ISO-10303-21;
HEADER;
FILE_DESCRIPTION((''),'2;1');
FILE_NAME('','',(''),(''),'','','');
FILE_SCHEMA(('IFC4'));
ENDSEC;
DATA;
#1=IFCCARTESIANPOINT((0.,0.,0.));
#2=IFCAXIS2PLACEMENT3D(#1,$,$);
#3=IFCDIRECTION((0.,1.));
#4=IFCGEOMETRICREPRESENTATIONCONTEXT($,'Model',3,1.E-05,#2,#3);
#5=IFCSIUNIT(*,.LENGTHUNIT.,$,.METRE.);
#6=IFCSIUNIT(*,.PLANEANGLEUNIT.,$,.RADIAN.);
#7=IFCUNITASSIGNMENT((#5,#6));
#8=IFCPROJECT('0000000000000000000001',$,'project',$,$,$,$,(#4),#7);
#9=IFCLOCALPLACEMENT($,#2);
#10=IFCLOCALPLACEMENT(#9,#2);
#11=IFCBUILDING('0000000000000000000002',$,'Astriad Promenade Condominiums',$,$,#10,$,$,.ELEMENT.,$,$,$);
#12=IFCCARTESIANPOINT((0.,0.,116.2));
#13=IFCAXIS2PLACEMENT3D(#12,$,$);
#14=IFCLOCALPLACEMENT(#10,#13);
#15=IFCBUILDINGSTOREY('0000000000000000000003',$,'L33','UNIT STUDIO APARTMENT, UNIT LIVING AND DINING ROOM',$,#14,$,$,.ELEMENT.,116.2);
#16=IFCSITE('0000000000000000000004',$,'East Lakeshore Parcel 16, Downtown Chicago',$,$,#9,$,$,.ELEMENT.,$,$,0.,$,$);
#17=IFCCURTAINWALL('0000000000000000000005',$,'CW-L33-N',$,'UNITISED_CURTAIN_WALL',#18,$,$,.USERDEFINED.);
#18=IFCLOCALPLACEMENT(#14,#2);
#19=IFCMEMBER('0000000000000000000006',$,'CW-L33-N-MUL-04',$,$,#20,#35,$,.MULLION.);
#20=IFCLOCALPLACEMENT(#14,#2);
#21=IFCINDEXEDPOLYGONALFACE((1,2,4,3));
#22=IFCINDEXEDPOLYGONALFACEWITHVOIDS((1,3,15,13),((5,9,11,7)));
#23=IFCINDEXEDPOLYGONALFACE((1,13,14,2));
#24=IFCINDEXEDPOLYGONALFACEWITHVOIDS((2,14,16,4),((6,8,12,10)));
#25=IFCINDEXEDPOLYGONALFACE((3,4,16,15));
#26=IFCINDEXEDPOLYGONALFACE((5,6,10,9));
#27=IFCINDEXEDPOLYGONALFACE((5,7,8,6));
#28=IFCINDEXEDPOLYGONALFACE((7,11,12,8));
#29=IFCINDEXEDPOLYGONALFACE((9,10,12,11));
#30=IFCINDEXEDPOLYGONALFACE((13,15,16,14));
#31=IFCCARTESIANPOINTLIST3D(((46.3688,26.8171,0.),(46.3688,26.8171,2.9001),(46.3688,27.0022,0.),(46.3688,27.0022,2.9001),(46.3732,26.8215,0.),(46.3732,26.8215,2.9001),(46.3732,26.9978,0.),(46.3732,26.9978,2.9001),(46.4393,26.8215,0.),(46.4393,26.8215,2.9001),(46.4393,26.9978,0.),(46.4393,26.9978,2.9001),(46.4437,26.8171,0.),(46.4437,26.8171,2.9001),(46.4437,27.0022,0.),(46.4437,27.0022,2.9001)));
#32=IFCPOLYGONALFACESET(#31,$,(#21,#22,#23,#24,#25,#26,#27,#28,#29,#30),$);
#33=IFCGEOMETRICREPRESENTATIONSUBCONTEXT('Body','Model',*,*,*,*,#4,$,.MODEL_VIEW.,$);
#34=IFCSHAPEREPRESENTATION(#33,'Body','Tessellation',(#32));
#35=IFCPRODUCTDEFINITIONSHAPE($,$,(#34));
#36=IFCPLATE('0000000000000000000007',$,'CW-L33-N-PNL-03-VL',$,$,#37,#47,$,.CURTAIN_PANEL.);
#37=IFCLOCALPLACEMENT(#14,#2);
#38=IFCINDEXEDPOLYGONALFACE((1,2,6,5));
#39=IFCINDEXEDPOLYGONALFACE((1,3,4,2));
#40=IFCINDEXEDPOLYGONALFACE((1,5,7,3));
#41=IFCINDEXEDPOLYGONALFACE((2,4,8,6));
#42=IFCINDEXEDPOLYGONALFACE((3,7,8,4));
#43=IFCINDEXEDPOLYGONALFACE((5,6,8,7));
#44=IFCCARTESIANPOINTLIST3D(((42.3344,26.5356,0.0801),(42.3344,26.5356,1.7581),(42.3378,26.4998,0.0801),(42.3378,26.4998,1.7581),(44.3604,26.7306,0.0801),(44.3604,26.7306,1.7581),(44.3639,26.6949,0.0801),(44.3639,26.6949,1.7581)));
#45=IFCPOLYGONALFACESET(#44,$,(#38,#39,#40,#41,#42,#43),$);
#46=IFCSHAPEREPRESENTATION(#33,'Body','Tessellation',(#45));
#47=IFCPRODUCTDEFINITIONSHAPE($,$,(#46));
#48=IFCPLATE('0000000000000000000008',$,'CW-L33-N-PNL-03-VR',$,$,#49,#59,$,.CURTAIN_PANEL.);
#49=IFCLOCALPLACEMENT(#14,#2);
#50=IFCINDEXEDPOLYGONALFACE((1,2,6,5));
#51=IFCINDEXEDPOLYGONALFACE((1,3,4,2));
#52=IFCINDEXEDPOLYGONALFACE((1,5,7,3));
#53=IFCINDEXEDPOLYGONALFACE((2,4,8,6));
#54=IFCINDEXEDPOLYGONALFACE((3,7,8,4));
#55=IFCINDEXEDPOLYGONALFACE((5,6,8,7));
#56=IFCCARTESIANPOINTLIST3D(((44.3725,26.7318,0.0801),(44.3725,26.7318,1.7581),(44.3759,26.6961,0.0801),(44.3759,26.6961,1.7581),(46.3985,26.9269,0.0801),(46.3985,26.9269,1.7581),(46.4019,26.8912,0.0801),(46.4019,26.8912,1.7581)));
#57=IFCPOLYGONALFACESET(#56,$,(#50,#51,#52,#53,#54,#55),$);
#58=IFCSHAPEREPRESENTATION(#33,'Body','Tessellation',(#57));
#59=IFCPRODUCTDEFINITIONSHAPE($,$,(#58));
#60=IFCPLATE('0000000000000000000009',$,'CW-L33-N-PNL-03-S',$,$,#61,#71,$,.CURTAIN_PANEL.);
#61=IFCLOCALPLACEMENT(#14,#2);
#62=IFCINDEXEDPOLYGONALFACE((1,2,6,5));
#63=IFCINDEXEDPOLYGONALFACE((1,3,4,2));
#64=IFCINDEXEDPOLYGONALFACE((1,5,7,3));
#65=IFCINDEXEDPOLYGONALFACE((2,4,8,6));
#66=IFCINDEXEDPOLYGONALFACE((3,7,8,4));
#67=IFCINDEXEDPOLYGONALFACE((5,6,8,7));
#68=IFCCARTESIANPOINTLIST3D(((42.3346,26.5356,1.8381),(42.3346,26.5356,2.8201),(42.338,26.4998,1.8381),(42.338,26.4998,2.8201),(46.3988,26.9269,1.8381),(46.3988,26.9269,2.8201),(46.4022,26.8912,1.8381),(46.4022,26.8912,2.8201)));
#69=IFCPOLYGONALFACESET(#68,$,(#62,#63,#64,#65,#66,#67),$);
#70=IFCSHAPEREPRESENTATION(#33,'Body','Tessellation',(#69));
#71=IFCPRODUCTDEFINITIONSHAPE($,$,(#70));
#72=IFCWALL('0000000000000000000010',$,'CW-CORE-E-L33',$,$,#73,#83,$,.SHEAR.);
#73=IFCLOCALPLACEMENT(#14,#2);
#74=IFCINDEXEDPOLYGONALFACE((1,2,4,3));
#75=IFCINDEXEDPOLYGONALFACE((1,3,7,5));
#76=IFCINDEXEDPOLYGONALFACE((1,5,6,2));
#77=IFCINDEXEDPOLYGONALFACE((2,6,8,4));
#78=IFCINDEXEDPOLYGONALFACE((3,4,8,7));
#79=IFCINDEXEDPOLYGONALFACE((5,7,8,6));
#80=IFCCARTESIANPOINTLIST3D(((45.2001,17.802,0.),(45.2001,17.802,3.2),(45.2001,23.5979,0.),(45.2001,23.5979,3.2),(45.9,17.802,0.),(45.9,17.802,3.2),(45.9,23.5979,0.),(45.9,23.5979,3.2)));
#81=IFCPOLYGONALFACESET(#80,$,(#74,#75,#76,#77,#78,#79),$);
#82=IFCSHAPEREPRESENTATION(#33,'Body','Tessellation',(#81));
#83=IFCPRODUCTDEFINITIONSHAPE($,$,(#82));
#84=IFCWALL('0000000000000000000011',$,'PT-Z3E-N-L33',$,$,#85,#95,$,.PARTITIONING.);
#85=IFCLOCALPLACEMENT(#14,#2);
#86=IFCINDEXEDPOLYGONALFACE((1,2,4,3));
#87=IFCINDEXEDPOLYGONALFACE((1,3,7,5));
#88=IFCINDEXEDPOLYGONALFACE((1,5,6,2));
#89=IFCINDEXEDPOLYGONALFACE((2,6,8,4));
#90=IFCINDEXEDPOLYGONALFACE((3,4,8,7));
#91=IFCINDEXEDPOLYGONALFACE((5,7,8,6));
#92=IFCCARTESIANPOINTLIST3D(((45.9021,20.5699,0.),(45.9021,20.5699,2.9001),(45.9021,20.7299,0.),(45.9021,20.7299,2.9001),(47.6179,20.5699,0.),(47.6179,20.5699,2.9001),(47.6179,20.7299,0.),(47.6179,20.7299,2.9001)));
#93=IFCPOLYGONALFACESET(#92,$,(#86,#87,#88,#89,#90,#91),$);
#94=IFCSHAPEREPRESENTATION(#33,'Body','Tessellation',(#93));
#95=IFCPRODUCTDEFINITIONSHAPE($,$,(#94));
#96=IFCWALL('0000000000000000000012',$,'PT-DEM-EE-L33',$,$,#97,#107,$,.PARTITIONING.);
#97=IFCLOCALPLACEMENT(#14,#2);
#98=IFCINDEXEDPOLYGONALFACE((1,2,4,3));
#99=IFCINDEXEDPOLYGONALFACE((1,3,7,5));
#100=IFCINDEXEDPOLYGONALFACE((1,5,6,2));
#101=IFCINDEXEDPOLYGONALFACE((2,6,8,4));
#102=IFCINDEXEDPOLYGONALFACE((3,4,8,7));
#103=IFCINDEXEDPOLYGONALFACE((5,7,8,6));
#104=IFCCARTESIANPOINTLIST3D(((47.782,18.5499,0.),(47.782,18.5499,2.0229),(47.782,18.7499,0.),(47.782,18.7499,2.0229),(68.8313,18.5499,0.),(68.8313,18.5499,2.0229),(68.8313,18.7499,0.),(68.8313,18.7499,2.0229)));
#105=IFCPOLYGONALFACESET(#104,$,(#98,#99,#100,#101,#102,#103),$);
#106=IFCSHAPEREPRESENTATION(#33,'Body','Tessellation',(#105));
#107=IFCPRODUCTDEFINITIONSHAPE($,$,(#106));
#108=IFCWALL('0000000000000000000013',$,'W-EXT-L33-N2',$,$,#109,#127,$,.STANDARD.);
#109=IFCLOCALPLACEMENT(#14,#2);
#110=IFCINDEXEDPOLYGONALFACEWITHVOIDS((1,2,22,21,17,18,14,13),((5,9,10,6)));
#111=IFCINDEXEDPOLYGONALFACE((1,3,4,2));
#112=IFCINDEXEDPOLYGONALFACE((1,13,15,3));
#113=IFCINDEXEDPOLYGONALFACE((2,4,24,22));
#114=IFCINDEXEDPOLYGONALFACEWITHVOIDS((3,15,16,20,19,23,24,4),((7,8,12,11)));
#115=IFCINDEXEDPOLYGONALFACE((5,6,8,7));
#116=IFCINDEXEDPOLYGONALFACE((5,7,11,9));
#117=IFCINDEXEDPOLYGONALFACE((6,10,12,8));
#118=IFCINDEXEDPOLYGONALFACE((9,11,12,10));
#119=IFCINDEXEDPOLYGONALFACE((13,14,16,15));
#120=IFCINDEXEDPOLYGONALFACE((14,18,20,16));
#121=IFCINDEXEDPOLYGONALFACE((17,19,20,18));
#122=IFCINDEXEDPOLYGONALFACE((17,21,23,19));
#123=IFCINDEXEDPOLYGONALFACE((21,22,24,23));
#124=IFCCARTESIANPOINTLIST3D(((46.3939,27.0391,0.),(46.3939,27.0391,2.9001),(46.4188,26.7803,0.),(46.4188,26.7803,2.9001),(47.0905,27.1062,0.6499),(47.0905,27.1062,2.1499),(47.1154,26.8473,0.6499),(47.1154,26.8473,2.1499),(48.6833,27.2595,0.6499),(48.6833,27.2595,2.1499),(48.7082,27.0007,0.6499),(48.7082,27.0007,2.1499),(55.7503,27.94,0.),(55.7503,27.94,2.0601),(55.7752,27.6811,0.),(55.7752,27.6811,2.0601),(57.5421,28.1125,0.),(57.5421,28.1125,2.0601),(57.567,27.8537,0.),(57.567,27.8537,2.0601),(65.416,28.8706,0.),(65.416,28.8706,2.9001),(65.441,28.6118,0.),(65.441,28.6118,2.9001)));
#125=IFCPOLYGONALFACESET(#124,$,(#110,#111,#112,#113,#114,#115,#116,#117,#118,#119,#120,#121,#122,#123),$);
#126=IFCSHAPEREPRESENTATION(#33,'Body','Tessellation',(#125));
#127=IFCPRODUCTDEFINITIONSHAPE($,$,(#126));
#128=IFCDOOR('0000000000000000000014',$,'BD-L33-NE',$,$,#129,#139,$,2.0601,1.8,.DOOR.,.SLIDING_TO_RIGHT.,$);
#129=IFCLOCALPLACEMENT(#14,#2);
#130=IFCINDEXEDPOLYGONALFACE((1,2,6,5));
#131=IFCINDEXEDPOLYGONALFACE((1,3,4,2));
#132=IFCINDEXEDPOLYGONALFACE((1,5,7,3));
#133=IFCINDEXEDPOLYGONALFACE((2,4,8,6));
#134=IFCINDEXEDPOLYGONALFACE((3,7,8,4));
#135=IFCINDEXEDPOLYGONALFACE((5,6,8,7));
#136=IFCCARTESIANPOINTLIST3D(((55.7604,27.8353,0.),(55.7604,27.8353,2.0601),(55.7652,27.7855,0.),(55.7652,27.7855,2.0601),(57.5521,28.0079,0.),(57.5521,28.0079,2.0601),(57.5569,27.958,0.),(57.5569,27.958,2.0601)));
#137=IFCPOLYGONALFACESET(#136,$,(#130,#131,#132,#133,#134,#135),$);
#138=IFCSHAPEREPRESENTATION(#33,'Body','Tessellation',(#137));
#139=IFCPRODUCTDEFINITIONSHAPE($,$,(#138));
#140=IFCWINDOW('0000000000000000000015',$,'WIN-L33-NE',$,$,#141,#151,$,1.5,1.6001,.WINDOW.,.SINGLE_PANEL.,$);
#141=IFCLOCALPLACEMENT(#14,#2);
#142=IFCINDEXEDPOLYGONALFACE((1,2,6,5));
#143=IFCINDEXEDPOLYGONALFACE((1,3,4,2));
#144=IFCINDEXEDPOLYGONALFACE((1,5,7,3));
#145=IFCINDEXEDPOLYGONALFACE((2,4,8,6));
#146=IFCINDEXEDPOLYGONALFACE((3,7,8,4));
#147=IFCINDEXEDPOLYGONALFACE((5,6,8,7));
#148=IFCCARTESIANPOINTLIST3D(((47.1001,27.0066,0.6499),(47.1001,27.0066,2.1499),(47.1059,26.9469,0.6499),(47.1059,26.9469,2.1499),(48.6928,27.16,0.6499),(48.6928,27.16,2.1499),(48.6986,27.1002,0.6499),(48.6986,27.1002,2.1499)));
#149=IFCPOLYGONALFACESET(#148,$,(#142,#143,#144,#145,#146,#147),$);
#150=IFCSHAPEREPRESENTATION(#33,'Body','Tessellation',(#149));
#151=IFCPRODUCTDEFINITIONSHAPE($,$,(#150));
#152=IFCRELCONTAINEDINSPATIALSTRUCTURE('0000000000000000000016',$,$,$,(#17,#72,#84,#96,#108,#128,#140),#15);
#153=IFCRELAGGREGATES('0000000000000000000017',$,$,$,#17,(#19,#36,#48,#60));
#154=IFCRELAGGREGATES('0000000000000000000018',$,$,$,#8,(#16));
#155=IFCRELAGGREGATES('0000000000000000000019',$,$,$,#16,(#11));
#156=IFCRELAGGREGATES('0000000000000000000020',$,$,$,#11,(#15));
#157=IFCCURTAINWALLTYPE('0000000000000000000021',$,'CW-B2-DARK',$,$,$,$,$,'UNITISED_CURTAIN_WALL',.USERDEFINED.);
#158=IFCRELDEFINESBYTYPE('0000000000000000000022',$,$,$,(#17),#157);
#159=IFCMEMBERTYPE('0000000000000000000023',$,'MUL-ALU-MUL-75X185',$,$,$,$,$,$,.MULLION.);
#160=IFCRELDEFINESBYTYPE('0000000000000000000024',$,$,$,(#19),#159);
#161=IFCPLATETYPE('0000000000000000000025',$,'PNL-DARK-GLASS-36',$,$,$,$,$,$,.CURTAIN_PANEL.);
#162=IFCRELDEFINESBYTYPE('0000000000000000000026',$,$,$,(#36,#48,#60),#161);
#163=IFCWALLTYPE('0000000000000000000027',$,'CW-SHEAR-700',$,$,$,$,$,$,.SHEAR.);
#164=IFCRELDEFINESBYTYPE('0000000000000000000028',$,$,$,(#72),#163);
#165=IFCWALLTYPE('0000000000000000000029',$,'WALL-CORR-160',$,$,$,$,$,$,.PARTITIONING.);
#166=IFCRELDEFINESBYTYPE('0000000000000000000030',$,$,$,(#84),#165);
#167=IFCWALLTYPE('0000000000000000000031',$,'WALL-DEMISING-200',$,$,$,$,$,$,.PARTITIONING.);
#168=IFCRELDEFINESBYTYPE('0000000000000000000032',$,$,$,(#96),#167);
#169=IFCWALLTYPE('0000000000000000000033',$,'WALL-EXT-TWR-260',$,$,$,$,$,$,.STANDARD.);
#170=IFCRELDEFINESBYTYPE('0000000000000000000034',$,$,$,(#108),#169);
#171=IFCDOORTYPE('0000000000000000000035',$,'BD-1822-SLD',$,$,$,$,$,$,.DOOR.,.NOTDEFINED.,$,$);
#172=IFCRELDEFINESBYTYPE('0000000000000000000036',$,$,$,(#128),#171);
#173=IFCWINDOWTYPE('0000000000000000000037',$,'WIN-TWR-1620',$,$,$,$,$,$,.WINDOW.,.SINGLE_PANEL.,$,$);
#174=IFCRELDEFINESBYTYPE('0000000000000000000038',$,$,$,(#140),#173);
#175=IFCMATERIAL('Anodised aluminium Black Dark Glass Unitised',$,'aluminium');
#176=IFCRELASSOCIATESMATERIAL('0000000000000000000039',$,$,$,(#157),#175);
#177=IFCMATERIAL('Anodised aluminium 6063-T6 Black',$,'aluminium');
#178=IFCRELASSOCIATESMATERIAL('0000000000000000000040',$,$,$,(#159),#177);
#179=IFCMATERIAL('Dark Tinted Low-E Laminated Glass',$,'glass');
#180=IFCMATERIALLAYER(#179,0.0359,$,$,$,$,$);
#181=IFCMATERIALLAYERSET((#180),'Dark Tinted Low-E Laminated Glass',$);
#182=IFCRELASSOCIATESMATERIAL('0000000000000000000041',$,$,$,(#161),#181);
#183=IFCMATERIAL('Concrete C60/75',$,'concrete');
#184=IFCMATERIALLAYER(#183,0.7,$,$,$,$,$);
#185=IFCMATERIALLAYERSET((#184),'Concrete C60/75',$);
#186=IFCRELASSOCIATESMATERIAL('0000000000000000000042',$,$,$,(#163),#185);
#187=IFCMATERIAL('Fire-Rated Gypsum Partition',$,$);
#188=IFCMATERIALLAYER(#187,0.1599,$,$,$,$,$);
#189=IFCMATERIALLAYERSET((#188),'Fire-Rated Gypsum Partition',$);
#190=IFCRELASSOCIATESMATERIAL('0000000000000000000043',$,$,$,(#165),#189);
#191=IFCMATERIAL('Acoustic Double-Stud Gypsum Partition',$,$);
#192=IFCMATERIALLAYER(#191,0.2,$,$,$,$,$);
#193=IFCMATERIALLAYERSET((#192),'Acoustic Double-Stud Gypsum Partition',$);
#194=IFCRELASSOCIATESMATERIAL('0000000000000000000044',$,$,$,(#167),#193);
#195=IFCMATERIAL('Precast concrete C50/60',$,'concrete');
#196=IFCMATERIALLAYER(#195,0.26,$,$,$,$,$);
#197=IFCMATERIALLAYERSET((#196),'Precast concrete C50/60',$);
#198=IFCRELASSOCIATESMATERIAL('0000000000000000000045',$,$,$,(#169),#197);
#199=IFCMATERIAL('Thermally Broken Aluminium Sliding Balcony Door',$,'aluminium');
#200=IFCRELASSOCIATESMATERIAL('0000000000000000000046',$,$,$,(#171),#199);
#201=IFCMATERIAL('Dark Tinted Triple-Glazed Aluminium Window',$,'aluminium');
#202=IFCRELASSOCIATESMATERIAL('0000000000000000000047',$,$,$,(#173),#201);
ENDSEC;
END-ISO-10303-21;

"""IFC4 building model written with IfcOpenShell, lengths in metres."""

from ifc_helpers import new_model, si_unit, direction, frame, frame_2d, origin, origin_2d, place, context, subcontext, project, spatial, rectangle, hollow_rectangle, extrude, source, transform, mapped, material, layer, layer_set, material_profile, profile_set, type_object, type_shapes, element, fill, aggregate, save


model = new_model("IFC4")

# Units and contexts
model_context = context("Model", 3, precision=1e-05, world=origin(), true_north=direction((0.0, 1.0)))
body_context = subcontext(model_context, "Body", "Model", "MODEL_VIEW")
ifc_project = project(units=[si_unit("LENGTHUNIT", "METRE"), si_unit("PLANEANGLEUNIT", "RADIAN")], contexts=[model_context])

# Site, building, storey
site_placement = place(None, origin())
site = spatial("IfcSite", under=ifc_project, at=site_placement, Name="East Lakeshore Parcel 16, Downtown Chicago", CompositionType="ELEMENT", RefElevation=0.0)
building_placement = place(site_placement, origin())
building = spatial("IfcBuilding", under=site, at=building_placement, Name="Astriad Promenade Condominiums", CompositionType="ELEMENT")
storey_placement = place(building_placement, frame((0.0, 0.0, 116.2)))
storey = spatial("IfcBuildingStorey", under=building, at=storey_placement, Name="L33", Description="UNIT STUDIO APARTMENT, UNIT LIVING AND DINING ROOM", CompositionType="ELEMENT", Elevation=116.2)

# Curtain wall, member, plates
ifc_material_1 = material(Name="Anodised aluminium Black Dark Glass Unitised", Category="aluminium")
curtain_wall_type = type_object("IfcCurtainWallType", Name="CW-B2-DARK", ElementType="UNITISED_CURTAIN_WALL", PredefinedType="USERDEFINED", material=ifc_material_1)
curtain_wall_placement = place(storey_placement, origin())
curtain_wall = element("IfcCurtainWall", 1, at=curtain_wall_placement, inside=storey, type_object=curtain_wall_type, Name="CW-L33-N", ObjectType="UNITISED_CURTAIN_WALL", PredefinedType="USERDEFINED")
ifc_material_2 = material(Name="Anodised aluminium 6063-T6 Black", Category="aluminium")
ifc_material_profile_1 = material_profile(ifc_material_2, hollow_rectangle(XDim=0.075, YDim=0.1851, WallThickness=0.0044, at=origin_2d()), Name="ALU-MUL-75X185")
ifc_profile_set_1 = profile_set([ifc_material_profile_1], Name="Anodised aluminium 6063-T6 Black")
member_type_1 = type_object("IfcMemberType", Name="MUL-ALU-MUL-75X185", PredefinedType="MULLION", material=ifc_profile_set_1)
shared_shape_1 = source(origin(), body_context, "Body", "SweptSolid", [
    extrude(hollow_rectangle(XDim=0.075, YDim=0.1851, WallThickness=0.0044, at=origin_2d()), origin(), (0.0, 0.0, 1.0), 2.9001),
])
type_shapes(member_type_1, [shared_shape_1])
member_1_placement = place(storey_placement, frame((46.4062, 26.9097, 0.0), z_axis=(0.0, 0.0, 1.0), x_axis=(1.0, 0.0, 0.0)))
member_1 = element("IfcMember", 2, at=member_1_placement, type_object=member_type_1, Name="CW-L33-N-MUL-04", PredefinedType="MULLION", context=body_context, shape_type="MappedRepresentation", body=[
    mapped(shared_shape_1, transform((0.0, 0.0, 0.0), scale=1.0)),
])
ifc_material_3 = material(Name="Dark Tinted Low-E Laminated Glass", Category="glass")
ifc_layer_1 = layer(ifc_material_3, 0.0359)
ifc_layer_set_1 = layer_set([ifc_layer_1], Name="Dark Tinted Low-E Laminated Glass")
plate_type = type_object("IfcPlateType", Name="PNL-DARK-GLASS-36", PredefinedType="CURTAIN_PANEL", material=ifc_layer_set_1)
shared_shape_2 = source(origin(), body_context, "Body", "SweptSolid", [
    extrude(rectangle(XDim=2.0354, YDim=0.0359, at=origin_2d()), origin(), (0.0, 0.0, 1.0), 1.678),
])
plate_1_placement = place(storey_placement, frame((43.3491, 26.6152, 0.0801), z_axis=(0.0, 0.0, 1.0), x_axis=(0.995396, 0.095846, 0.0)))
plate_1 = element("IfcPlate", 3, at=plate_1_placement, type_object=plate_type, Name="CW-L33-N-PNL-03-VL", PredefinedType="CURTAIN_PANEL", context=body_context, shape_type="MappedRepresentation", body=[
    mapped(shared_shape_2, transform((0.0, 0.0, 0.0), scale=1.0)),
])
plate_2_placement = place(storey_placement, frame((45.3872, 26.8115, 0.0801), z_axis=(0.0, 0.0, 1.0), x_axis=(0.995396, 0.095846, 0.0)))
plate_2 = element("IfcPlate", 4, at=plate_2_placement, type_object=plate_type, Name="CW-L33-N-PNL-03-VR", PredefinedType="CURTAIN_PANEL", context=body_context, shape_type="MappedRepresentation", body=[
    mapped(shared_shape_2, transform((0.0, 0.0, 0.0), scale=1.0)),
])
shared_shape_3 = source(origin(), body_context, "Body", "SweptSolid", [
    extrude(rectangle(XDim=4.083, YDim=0.0359, at=origin_2d()), origin(), (0.0, 0.0, 1.0), 0.9819),
])
type_shapes(plate_type, [shared_shape_2, shared_shape_3])
plate_3_placement = place(storey_placement, frame((44.3684, 26.7134, 1.8381), z_axis=(0.0, 0.0, 1.0), x_axis=(0.995396, 0.095846, 0.0)))
plate_3 = element("IfcPlate", 5, at=plate_3_placement, type_object=plate_type, Name="CW-L33-N-PNL-03-S", PredefinedType="CURTAIN_PANEL", context=body_context, shape_type="MappedRepresentation", body=[
    mapped(shared_shape_3, transform((0.0, 0.0, 0.0), scale=1.0)),
])
aggregate(curtain_wall, [member_1, plate_1, plate_2, plate_3])

# Walls
ifc_material_4 = material(Name="Concrete C60/75", Category="concrete")
ifc_layer_2 = layer(ifc_material_4, 0.7)
ifc_layer_set_2 = layer_set([ifc_layer_2], Name="Concrete C60/75")
wall_type_1 = type_object("IfcWallType", Name="CW-SHEAR-700", PredefinedType="SHEAR", material=ifc_layer_set_2)
wall_1_placement = place(storey_placement, frame((45.55, 17.802, 0.0), z_axis=(0.0, 0.0, 1.0), x_axis=(0.0, 1.0, 0.0)))
element("IfcWall", 6, at=wall_1_placement, inside=storey, type_object=wall_type_1, Name="CW-CORE-E-L33", PredefinedType="SHEAR", context=body_context, shape_type="SweptSolid", body=[
    extrude(rectangle(XDim=5.7959, YDim=0.7, at=frame_2d((2.8979, 0.0))), origin(), (0.0, 0.0, 1.0), 3.2),
])
ifc_material_5 = material(Name="Fire-Rated Gypsum Partition")
ifc_layer_3 = layer(ifc_material_5, 0.1599)
ifc_layer_set_3 = layer_set([ifc_layer_3], Name="Fire-Rated Gypsum Partition")
wall_type_2 = type_object("IfcWallType", Name="WALL-CORR-160", PredefinedType="PARTITIONING", material=ifc_layer_set_3)
wall_2_placement = place(storey_placement, frame((45.9021, 20.6499, 0.0), z_axis=(0.0, 0.0, 1.0), x_axis=(1.0, 0.0, 0.0)))
element("IfcWall", 7, at=wall_2_placement, inside=storey, type_object=wall_type_2, Name="PT-Z3E-N-L33", PredefinedType="PARTITIONING", context=body_context, shape_type="SweptSolid", body=[
    extrude(rectangle(XDim=1.7158, YDim=0.1599, at=frame_2d((0.8579, 0.0))), origin(), (0.0, 0.0, 1.0), 2.9001),
])
ifc_material_6 = material(Name="Acoustic Double-Stud Gypsum Partition")
ifc_layer_4 = layer(ifc_material_6, 0.2)
ifc_layer_set_4 = layer_set([ifc_layer_4], Name="Acoustic Double-Stud Gypsum Partition")
wall_type_3 = type_object("IfcWallType", Name="WALL-DEMISING-200", PredefinedType="PARTITIONING", material=ifc_layer_set_4)
wall_3_placement = place(storey_placement, frame((47.782, 18.6499, 0.0), z_axis=(0.0, 0.0, 1.0), x_axis=(1.0, 0.0, 0.0)))
element("IfcWall", 8, at=wall_3_placement, inside=storey, type_object=wall_type_3, Name="PT-DEM-EE-L33", PredefinedType="PARTITIONING", context=body_context, shape_type="SweptSolid", body=[
    extrude(rectangle(XDim=21.0493, YDim=0.2, at=frame_2d((10.5247, 0.0))), origin(), (0.0, 0.0, 1.0), 2.0229),
])

# Wall, openings, door, window
ifc_material_7 = material(Name="Precast concrete C50/60", Category="concrete")
ifc_layer_5 = layer(ifc_material_7, 0.26)
ifc_layer_set_5 = layer_set([ifc_layer_5], Name="Precast concrete C50/60")
wall_type_4 = type_object("IfcWallType", Name="WALL-EXT-TWR-260", PredefinedType="STANDARD", material=ifc_layer_set_5)
wall_4_placement = place(storey_placement, frame((46.4062, 26.9097, 0.0), z_axis=(0.0, 0.0, 1.0), x_axis=(0.995397, 0.095841, 0.0)))
wall_4 = element("IfcWall", 9, at=wall_4_placement, inside=storey, type_object=wall_type_4, Name="W-EXT-L33-N2", PredefinedType="STANDARD", context=body_context, shape_type="SweptSolid", body=[
    extrude(rectangle(XDim=19.1101, YDim=0.26, at=frame_2d((9.5552, 0.0))), origin(), (0.0, 0.0, 1.0), 2.9001),
])
opening_1_placement = place(wall_4_placement, frame((9.3999, 0.0, 0.0)))
opening_1 = element("IfcOpeningElement", 10, at=opening_1_placement, cuts=wall_4, PredefinedType="OPENING", context=body_context, shape_type="SweptSolid", body=[
    extrude(rectangle(XDim=1.8, YDim=2.0601, at=frame_2d((0.8999, 1.03))), frame((0.0, 0.1399, 0.0), z_axis=(0.0, -1.0, 0.0), x_axis=(1.0, 0.0, 0.0)), (0.0, 0.0, 1.0), 0.28),
])
opening_2_placement = place(wall_4_placement, frame((0.7, 0.0, 0.6499)))
opening_2 = element("IfcOpeningElement", 11, at=opening_2_placement, cuts=wall_4, PredefinedType="OPENING", context=body_context, shape_type="SweptSolid", body=[
    extrude(rectangle(XDim=1.6001, YDim=1.5, at=frame_2d((0.8, 0.75))), frame((0.0, 0.1399, 0.0), z_axis=(0.0, -1.0, 0.0), x_axis=(1.0, 0.0, 0.0)), (0.0, 0.0, 1.0), 0.28),
])
ifc_material_8 = material(Name="Thermally Broken Aluminium Sliding Balcony Door", Category="aluminium")
door_type = type_object("IfcDoorType", Name="BD-1822-SLD", OperationType="NOTDEFINED", PredefinedType="DOOR", material=ifc_material_8)
shared_shape_4 = source(origin(), body_context, "Body", "SweptSolid", [
    extrude(rectangle(XDim=1.8, YDim=2.0601, at=frame_2d((0.8999, 1.03))), frame((0.0, 0.0249, 0.0), z_axis=(0.0, -1.0, 0.0), x_axis=(1.0, 0.0, 0.0)), (0.0, 0.0, 1.0), 0.05),
])
type_shapes(door_type, [shared_shape_4])
door_placement = place(opening_1_placement, origin())
door = element("IfcDoor", 12, at=door_placement, inside=storey, type_object=door_type, Name="BD-L33-NE", OperationType="SLIDING_TO_RIGHT", OverallHeight=2.0601, OverallWidth=1.8, PredefinedType="DOOR", context=body_context, shape_type="MappedRepresentation", body=[
    mapped(shared_shape_4, transform((0.0, 0.0, 0.0), scale=1.0)),
])
fill(opening_1, door)
ifc_material_9 = material(Name="Dark Tinted Triple-Glazed Aluminium Window", Category="aluminium")
window_type = type_object("IfcWindowType", Name="WIN-TWR-1620", PartitioningType="SINGLE_PANEL", PredefinedType="WINDOW", material=ifc_material_9)
shared_shape_5 = source(origin(), body_context, "Body", "SweptSolid", [
    extrude(rectangle(XDim=1.6001, YDim=1.5, at=frame_2d((0.8, 0.75))), frame((0.0, 0.03, 0.0), z_axis=(0.0, -1.0, 0.0), x_axis=(1.0, 0.0, 0.0)), (0.0, 0.0, 1.0), 0.0601),
])
type_shapes(window_type, [shared_shape_5])
window_placement = place(opening_2_placement, origin())
window = element("IfcWindow", 13, at=window_placement, inside=storey, type_object=window_type, Name="WIN-L33-NE", OverallHeight=1.5, OverallWidth=1.6001, PartitioningType="SINGLE_PANEL", PredefinedType="WINDOW", context=body_context, shape_type="MappedRepresentation", body=[
    mapped(shared_shape_5, transform((0.0, 0.0, 0.0), scale=1.0)),
])
fill(opening_2, window)

save(model, "model.ifc")
